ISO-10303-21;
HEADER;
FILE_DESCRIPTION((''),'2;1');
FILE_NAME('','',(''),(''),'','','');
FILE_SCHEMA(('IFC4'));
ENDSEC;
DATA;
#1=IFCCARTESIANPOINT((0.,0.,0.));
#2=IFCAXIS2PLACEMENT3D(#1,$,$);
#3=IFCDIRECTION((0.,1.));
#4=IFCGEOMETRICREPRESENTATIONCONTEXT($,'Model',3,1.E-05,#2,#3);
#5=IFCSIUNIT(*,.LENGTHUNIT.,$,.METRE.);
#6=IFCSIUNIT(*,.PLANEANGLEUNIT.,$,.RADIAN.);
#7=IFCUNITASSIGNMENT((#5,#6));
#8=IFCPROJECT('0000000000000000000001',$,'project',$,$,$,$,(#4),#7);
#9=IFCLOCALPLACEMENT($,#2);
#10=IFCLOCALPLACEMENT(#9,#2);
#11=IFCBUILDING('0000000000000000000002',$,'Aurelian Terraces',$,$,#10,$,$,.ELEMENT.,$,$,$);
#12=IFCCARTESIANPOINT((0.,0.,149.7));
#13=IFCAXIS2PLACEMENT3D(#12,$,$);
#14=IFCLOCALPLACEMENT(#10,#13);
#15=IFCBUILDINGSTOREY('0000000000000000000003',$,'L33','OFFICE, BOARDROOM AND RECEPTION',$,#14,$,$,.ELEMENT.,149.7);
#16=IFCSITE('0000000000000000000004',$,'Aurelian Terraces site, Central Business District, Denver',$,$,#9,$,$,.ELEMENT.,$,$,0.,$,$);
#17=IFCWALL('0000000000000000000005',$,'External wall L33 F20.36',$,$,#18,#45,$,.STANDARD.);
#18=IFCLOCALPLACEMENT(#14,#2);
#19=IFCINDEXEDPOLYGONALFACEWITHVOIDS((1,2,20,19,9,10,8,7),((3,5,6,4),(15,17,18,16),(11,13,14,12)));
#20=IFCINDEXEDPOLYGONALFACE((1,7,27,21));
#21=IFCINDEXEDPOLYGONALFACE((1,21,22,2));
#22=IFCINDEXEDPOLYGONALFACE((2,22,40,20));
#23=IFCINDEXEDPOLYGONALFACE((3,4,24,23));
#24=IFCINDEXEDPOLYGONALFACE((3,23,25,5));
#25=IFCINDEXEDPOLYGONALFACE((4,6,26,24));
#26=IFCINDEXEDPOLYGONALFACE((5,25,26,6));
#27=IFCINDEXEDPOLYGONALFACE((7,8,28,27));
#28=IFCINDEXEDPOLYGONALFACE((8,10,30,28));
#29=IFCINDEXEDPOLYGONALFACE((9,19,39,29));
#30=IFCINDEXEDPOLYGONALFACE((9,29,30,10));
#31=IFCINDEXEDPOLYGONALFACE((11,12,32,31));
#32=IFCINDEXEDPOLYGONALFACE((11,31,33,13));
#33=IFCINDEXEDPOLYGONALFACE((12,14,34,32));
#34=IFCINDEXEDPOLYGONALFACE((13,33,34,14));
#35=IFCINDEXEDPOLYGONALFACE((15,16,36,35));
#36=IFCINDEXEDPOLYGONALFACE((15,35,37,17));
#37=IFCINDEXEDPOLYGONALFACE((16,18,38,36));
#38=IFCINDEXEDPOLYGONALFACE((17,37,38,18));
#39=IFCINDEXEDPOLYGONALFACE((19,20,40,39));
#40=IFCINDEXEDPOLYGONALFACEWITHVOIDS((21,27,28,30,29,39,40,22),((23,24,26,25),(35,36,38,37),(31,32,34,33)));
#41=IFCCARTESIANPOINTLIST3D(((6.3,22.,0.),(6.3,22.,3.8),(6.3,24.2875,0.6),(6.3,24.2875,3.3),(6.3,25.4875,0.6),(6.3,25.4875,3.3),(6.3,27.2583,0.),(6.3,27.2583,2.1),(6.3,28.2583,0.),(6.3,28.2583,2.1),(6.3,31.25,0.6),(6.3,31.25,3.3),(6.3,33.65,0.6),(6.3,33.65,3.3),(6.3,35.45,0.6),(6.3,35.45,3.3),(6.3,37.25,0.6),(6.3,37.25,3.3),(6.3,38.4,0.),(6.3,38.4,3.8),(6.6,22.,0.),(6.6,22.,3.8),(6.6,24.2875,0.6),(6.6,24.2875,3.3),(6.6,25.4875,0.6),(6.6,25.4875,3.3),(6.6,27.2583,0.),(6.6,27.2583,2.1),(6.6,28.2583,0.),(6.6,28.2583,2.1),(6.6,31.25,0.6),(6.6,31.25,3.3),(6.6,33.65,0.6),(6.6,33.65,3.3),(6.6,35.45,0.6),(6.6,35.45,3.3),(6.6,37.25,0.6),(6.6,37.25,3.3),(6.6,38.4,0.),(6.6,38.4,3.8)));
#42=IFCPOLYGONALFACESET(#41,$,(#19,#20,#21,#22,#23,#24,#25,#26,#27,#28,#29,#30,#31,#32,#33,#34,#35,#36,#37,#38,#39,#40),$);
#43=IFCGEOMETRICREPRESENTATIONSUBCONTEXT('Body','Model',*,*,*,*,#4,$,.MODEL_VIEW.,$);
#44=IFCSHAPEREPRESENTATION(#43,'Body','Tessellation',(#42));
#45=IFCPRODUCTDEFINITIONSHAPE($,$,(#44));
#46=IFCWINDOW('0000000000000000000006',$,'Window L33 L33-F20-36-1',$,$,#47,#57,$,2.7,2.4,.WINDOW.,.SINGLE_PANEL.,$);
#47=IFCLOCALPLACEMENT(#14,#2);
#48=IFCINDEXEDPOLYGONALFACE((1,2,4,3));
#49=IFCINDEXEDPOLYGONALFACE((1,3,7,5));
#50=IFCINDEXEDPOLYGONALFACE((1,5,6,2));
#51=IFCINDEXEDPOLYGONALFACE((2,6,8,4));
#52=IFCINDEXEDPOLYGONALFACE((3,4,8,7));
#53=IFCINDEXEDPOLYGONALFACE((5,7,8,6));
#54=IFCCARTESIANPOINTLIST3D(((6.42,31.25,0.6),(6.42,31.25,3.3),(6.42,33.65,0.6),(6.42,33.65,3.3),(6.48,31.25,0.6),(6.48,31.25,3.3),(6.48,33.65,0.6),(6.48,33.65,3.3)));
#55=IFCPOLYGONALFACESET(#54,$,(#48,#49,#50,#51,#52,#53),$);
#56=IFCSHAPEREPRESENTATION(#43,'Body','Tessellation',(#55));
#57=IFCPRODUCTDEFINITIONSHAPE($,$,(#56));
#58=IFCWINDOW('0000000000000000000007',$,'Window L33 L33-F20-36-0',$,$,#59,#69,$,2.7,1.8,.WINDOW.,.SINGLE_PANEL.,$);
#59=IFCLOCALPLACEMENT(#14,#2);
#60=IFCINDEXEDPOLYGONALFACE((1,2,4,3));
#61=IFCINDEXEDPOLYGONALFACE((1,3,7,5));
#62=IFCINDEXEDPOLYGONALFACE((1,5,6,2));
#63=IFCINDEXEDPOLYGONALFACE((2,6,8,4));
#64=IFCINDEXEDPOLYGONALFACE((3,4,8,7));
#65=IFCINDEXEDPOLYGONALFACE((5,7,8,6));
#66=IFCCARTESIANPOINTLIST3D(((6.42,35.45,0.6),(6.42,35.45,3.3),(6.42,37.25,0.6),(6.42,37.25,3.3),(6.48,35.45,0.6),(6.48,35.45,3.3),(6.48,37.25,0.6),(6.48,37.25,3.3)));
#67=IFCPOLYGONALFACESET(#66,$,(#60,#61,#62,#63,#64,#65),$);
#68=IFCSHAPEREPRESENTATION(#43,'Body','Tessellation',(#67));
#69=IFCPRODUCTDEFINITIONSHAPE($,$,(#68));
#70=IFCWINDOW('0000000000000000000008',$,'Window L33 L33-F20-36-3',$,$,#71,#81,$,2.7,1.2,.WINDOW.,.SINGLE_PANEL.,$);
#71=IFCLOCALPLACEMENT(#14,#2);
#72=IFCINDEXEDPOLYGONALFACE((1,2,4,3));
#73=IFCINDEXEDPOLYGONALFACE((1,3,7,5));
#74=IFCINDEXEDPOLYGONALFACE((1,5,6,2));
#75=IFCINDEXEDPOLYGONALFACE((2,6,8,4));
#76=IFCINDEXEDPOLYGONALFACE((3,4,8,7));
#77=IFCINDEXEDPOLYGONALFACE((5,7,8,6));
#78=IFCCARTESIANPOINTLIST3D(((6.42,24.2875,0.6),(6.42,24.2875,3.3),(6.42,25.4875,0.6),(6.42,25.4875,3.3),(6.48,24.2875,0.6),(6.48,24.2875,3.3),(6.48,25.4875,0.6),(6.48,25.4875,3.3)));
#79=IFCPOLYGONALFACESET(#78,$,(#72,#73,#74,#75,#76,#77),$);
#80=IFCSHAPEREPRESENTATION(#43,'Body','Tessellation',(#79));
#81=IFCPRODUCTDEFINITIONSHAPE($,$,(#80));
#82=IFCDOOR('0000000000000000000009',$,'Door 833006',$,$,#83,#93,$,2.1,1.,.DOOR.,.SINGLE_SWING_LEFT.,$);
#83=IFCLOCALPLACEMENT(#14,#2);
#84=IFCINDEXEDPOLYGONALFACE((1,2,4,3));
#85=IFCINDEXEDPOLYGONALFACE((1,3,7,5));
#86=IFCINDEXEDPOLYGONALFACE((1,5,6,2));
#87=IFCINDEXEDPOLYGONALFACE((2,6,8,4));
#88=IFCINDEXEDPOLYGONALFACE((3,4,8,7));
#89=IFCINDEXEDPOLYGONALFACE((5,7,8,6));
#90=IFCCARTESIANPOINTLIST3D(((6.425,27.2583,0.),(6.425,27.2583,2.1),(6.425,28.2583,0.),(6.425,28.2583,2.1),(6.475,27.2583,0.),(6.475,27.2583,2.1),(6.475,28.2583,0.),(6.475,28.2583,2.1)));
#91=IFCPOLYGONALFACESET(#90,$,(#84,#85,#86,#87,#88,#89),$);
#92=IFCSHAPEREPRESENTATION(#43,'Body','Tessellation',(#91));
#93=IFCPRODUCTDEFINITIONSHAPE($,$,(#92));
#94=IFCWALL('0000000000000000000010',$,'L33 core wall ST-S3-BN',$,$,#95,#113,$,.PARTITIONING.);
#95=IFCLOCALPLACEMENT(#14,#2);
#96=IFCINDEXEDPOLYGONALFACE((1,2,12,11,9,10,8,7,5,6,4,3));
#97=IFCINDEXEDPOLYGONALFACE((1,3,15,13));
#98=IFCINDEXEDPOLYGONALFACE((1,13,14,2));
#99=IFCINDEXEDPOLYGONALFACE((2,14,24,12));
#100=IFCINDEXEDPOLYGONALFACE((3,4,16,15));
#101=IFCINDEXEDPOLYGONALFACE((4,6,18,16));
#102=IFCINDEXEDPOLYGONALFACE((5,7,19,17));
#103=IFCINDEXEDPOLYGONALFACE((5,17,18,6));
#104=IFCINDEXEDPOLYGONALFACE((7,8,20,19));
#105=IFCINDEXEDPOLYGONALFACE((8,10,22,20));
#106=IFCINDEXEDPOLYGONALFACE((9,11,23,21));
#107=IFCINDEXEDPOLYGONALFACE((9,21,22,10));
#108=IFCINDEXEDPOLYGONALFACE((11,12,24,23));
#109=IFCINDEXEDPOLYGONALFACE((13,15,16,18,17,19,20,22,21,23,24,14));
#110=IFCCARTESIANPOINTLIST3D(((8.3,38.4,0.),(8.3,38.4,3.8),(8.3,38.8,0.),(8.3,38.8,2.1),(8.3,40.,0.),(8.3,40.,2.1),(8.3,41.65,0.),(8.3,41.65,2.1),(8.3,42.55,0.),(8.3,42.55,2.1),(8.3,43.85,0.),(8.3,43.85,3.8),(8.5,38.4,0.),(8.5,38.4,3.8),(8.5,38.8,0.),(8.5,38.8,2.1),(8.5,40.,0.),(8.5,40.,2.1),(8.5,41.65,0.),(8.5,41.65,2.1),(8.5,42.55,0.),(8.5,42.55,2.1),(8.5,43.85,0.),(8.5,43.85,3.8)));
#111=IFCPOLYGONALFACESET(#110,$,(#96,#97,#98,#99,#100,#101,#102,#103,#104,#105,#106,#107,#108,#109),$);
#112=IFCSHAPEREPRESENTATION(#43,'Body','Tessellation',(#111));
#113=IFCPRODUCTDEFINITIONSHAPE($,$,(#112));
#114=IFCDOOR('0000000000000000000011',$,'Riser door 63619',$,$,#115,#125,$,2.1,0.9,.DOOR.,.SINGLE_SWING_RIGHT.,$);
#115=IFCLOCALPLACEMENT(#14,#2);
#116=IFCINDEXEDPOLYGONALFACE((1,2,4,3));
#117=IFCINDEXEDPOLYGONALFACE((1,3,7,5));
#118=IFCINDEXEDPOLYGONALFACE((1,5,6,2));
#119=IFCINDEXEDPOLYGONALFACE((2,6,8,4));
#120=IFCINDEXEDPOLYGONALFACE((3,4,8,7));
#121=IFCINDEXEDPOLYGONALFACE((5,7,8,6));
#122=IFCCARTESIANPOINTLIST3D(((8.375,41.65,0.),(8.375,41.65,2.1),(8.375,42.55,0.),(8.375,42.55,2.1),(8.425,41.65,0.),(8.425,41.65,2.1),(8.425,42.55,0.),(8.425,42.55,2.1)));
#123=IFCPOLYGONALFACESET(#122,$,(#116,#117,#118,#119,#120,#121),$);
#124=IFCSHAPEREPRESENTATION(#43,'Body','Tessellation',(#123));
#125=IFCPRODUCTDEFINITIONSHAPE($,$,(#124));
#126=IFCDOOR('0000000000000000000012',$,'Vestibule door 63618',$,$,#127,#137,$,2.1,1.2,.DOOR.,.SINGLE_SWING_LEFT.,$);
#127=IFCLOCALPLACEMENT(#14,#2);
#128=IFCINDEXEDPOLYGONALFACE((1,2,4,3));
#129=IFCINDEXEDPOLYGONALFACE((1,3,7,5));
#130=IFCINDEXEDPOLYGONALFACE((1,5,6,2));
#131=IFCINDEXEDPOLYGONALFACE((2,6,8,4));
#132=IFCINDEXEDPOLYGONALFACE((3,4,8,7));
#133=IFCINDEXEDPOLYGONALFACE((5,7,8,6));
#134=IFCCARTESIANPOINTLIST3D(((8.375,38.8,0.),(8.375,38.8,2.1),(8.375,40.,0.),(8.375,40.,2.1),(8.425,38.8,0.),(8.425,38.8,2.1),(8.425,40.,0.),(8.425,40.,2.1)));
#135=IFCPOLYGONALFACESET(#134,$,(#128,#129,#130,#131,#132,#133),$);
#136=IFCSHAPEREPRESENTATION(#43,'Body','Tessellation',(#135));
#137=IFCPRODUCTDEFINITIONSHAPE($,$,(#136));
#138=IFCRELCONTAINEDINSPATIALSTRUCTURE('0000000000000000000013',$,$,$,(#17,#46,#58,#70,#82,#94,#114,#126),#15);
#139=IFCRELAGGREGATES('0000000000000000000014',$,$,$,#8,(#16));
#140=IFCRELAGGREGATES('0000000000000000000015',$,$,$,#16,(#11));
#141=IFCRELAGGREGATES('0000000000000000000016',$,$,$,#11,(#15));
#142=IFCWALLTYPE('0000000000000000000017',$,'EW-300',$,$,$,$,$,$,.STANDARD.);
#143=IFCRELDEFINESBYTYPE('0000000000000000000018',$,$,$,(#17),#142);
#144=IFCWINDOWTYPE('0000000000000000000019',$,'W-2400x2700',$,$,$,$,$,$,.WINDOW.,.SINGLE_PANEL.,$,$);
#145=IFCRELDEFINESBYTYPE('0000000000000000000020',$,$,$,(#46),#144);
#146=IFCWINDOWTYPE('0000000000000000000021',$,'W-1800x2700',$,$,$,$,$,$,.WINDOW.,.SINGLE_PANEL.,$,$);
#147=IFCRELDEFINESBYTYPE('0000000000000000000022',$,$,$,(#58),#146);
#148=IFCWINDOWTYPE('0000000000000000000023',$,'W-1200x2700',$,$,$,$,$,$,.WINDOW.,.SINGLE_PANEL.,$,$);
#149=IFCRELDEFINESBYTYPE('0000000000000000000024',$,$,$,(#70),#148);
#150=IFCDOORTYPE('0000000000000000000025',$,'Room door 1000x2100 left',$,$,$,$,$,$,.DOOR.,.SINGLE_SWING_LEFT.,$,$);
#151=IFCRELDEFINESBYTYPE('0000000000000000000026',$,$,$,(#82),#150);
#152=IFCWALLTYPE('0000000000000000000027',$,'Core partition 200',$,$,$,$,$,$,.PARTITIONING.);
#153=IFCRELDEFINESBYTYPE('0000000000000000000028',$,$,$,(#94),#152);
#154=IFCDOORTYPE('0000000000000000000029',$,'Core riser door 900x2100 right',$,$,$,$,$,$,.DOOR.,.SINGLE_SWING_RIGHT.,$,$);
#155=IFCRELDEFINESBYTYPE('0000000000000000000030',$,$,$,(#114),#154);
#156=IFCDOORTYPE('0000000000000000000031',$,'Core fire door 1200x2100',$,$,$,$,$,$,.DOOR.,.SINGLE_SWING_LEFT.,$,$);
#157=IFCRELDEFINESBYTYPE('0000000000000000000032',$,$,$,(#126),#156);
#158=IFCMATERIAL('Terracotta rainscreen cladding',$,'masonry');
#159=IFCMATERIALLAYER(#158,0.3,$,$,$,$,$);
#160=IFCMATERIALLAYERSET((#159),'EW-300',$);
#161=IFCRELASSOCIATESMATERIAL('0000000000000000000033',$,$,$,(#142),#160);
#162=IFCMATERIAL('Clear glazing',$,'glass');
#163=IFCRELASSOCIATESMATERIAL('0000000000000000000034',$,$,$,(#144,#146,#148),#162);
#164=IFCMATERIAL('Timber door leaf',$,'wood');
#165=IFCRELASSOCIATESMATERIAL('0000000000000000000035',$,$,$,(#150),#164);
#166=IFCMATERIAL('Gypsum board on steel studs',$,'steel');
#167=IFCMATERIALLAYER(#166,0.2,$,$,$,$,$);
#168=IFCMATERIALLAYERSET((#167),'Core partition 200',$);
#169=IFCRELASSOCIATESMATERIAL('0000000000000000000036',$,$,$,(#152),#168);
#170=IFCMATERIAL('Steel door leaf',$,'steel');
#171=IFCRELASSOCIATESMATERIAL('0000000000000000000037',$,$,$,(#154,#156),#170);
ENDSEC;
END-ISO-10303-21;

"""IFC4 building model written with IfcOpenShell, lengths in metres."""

from ifc_helpers import new_model, si_unit, direction, frame, frame_2d, origin, place, context, subcontext, project, spatial, rectangle, extrude, source, transform, mapped, material, layer, layer_set, type_object, element, fill, save


model = new_model("IFC4")

# Units and contexts
model_context = context("Model", 3, precision=1e-05, world=origin(), true_north=direction((0.0, 1.0)))
body_context = subcontext(model_context, "Body", "Model", "MODEL_VIEW")
ifc_project = project(units=[si_unit("LENGTHUNIT", "METRE"), si_unit("PLANEANGLEUNIT", "RADIAN")], contexts=[model_context])

# Site, building, storey
site_placement = place(None, origin())
site = spatial("IfcSite", under=ifc_project, at=site_placement, Name="Aurelian Terraces site, Central Business District, Denver", CompositionType="ELEMENT", RefElevation=0.0)
building_placement = place(site_placement, origin())
building = spatial("IfcBuilding", under=site, at=building_placement, Name="Aurelian Terraces", CompositionType="ELEMENT")
storey_placement = place(building_placement, frame((0.0, 0.0, 149.7)))
storey = spatial("IfcBuildingStorey", under=building, at=storey_placement, Name="L33", Description="OFFICE, BOARDROOM AND RECEPTION", CompositionType="ELEMENT", Elevation=149.7)

# Shared definitions
ifc_material_1 = material(Name="Clear glazing", Category="glass")

# Wall, openings, windows, door
ifc_material_2 = material(Name="Terracotta rainscreen cladding", Category="masonry")
ifc_layer_1 = layer(ifc_material_2, 0.3)
ifc_layer_set_1 = layer_set([ifc_layer_1], Name="EW-300")
wall_type_1 = type_object("IfcWallType", Name="EW-300", PredefinedType="STANDARD", material=ifc_layer_set_1)
shared_shape_1 = source(origin(), body_context, "Body", "SweptSolid", [
    extrude(rectangle(XDim=16.4, YDim=0.3, at=frame_2d((8.2, 0.0))), origin(), (0.0, 0.0, 1.0), 3.8),
])
wall_1_placement = place(storey_placement, frame((6.45, 38.4, 0.0), z_axis=(0.0, 0.0, 1.0), x_axis=(0.0, -1.0, 0.0)))
wall_1 = element("IfcWall", 1, at=wall_1_placement, inside=storey, type_object=wall_type_1, Name="External wall L33 F20.36", PredefinedType="STANDARD", context=body_context, shape_type="MappedRepresentation", body=[
    mapped(shared_shape_1, transform((0.0, 0.0, 0.0), scale=1.0)),
])
shared_shape_2 = source(origin(), body_context, "Body", "SweptSolid", [
    extrude(rectangle(XDim=1.8, YDim=2.7, at=frame_2d((0.9, 1.35))), frame((0.0, 0.16, 0.0), z_axis=(0.0, -1.0, 0.0), x_axis=(1.0, 0.0, 0.0)), (0.0, 0.0, 1.0), 0.32),
])
opening_1_placement = place(wall_1_placement, frame((1.15, 0.0, 0.6)))
opening_1 = element("IfcOpeningElement", 2, at=opening_1_placement, cuts=wall_1, PredefinedType="OPENING", context=body_context, shape_type="MappedRepresentation", body=[
    mapped(shared_shape_2, transform((0.0, 0.0, 0.0), scale=1.0)),
])
shared_shape_3 = source(origin(), body_context, "Body", "SweptSolid", [
    extrude(rectangle(XDim=2.4, YDim=2.7, at=frame_2d((1.2, 1.35))), frame((0.0, 0.16, 0.0), z_axis=(0.0, -1.0, 0.0), x_axis=(1.0, 0.0, 0.0)), (0.0, 0.0, 1.0), 0.32),
])
opening_2_placement = place(wall_1_placement, frame((4.75, 0.0, 0.6)))
opening_2 = element("IfcOpeningElement", 3, at=opening_2_placement, cuts=wall_1, PredefinedType="OPENING", context=body_context, shape_type="MappedRepresentation", body=[
    mapped(shared_shape_3, transform((0.0, 0.0, 0.0), scale=1.0)),
])
shared_shape_4 = source(origin(), body_context, "Body", "SweptSolid", [
    extrude(rectangle(XDim=1.2, YDim=2.7, at=frame_2d((0.6, 1.35))), frame((0.0, 0.16, 0.0), z_axis=(0.0, -1.0, 0.0), x_axis=(1.0, 0.0, 0.0)), (0.0, 0.0, 1.0), 0.32),
])
opening_3_placement = place(wall_1_placement, frame((12.9125, 0.0, 0.6)))
opening_3 = element("IfcOpeningElement", 4, at=opening_3_placement, cuts=wall_1, PredefinedType="OPENING", context=body_context, shape_type="MappedRepresentation", body=[
    mapped(shared_shape_4, transform((0.0, 0.0, 0.0), scale=1.0)),
])
shared_shape_5 = source(origin(), body_context, "Body", "SweptSolid", [
    extrude(rectangle(XDim=1.0, YDim=2.1, at=frame_2d((0.5, 1.05))), frame((0.0, 0.16, 0.0), z_axis=(0.0, -1.0, 0.0), x_axis=(1.0, 0.0, 0.0)), (0.0, 0.0, 1.0), 0.32),
])
opening_4_placement = place(wall_1_placement, frame((10.1417, 0.0, 0.0)))
opening_4 = element("IfcOpeningElement", 5, at=opening_4_placement, cuts=wall_1, PredefinedType="OPENING", context=body_context, shape_type="MappedRepresentation", body=[
    mapped(shared_shape_5, transform((0.0, 0.0, 0.0), scale=1.0)),
])
window_type_1 = type_object("IfcWindowType", Name="W-2400x2700", PartitioningType="SINGLE_PANEL", PredefinedType="WINDOW", material=ifc_material_1)
shared_shape_6 = source(origin(), body_context, "Body", "SweptSolid", [
    extrude(rectangle(XDim=2.4, YDim=2.7, at=frame_2d((1.2, 1.35))), frame((0.0, 0.03, 0.0), z_axis=(0.0, -1.0, 0.0), x_axis=(1.0, 0.0, 0.0)), (0.0, 0.0, 1.0), 0.06),
])
window_1_placement = place(opening_2_placement, origin())
window_1 = element("IfcWindow", 6, at=window_1_placement, inside=storey, type_object=window_type_1, Name="Window L33 L33-F20-36-1", OverallHeight=2.7, OverallWidth=2.4, PartitioningType="SINGLE_PANEL", PredefinedType="WINDOW", context=body_context, shape_type="MappedRepresentation", body=[
    mapped(shared_shape_6, transform((0.0, 0.0, 0.0), scale=1.0)),
])
fill(opening_2, window_1)
window_type_2 = type_object("IfcWindowType", Name="W-1800x2700", PartitioningType="SINGLE_PANEL", PredefinedType="WINDOW", material=ifc_material_1)
shared_shape_7 = source(origin(), body_context, "Body", "SweptSolid", [
    extrude(rectangle(XDim=1.8, YDim=2.7, at=frame_2d((0.9, 1.35))), frame((0.0, 0.03, 0.0), z_axis=(0.0, -1.0, 0.0), x_axis=(1.0, 0.0, 0.0)), (0.0, 0.0, 1.0), 0.06),
])
window_2_placement = place(opening_1_placement, origin())
window_2 = element("IfcWindow", 7, at=window_2_placement, inside=storey, type_object=window_type_2, Name="Window L33 L33-F20-36-0", OverallHeight=2.7, OverallWidth=1.8, PartitioningType="SINGLE_PANEL", PredefinedType="WINDOW", context=body_context, shape_type="MappedRepresentation", body=[
    mapped(shared_shape_7, transform((0.0, 0.0, 0.0), scale=1.0)),
])
fill(opening_1, window_2)
window_type_3 = type_object("IfcWindowType", Name="W-1200x2700", PartitioningType="SINGLE_PANEL", PredefinedType="WINDOW", material=ifc_material_1)
shared_shape_8 = source(origin(), body_context, "Body", "SweptSolid", [
    extrude(rectangle(XDim=1.2, YDim=2.7, at=frame_2d((0.6, 1.35))), frame((0.0, 0.03, 0.0), z_axis=(0.0, -1.0, 0.0), x_axis=(1.0, 0.0, 0.0)), (0.0, 0.0, 1.0), 0.06),
])
window_3_placement = place(opening_3_placement, origin())
window_3 = element("IfcWindow", 8, at=window_3_placement, inside=storey, type_object=window_type_3, Name="Window L33 L33-F20-36-3", OverallHeight=2.7, OverallWidth=1.2, PartitioningType="SINGLE_PANEL", PredefinedType="WINDOW", context=body_context, shape_type="MappedRepresentation", body=[
    mapped(shared_shape_8, transform((0.0, 0.0, 0.0), scale=1.0)),
])
fill(opening_3, window_3)
ifc_material_3 = material(Name="Timber door leaf", Category="wood")
door_type_1 = type_object("IfcDoorType", Name="Room door 1000x2100 left", OperationType="SINGLE_SWING_LEFT", PredefinedType="DOOR", material=ifc_material_3)
shared_shape_9 = source(origin(), body_context, "Body", "SweptSolid", [
    extrude(rectangle(XDim=1.0, YDim=2.1, at=frame_2d((0.5, 1.05))), frame((0.0, 0.025, 0.0), z_axis=(0.0, -1.0, 0.0), x_axis=(1.0, 0.0, 0.0)), (0.0, 0.0, 1.0), 0.05),
])
door_1_placement = place(opening_4_placement, origin())
door_1 = element("IfcDoor", 9, at=door_1_placement, inside=storey, type_object=door_type_1, Name="Door 833006", OperationType="SINGLE_SWING_LEFT", OverallHeight=2.1, OverallWidth=1.0, PredefinedType="DOOR", context=body_context, shape_type="MappedRepresentation", body=[
    mapped(shared_shape_9, transform((0.0, 0.0, 0.0), scale=1.0)),
])
fill(opening_4, door_1)

# Wall, openings, doors
ifc_material_4 = material(Name="Gypsum board on steel studs", Category="steel")
ifc_layer_2 = layer(ifc_material_4, 0.2)
ifc_layer_set_2 = layer_set([ifc_layer_2], Name="Core partition 200")
wall_type_2 = type_object("IfcWallType", Name="Core partition 200", PredefinedType="PARTITIONING", material=ifc_layer_set_2)
shared_shape_10 = source(origin(), body_context, "Body", "SweptSolid", [
    extrude(rectangle(XDim=5.45, YDim=0.2, at=frame_2d((2.725, 0.0))), origin(), (0.0, 0.0, 1.0), 3.8),
])
wall_2_placement = place(storey_placement, frame((8.4, 38.4, 0.0), z_axis=(0.0, 0.0, 1.0), x_axis=(0.0, 1.0, 0.0)))
wall_2 = element("IfcWall", 10, at=wall_2_placement, inside=storey, type_object=wall_type_2, Name="L33 core wall ST-S3-BN", PredefinedType="PARTITIONING", context=body_context, shape_type="MappedRepresentation", body=[
    mapped(shared_shape_10, transform((0.0, 0.0, 0.0), scale=1.0)),
])
shared_shape_11 = source(origin(), body_context, "Body", "SweptSolid", [
    extrude(rectangle(XDim=1.2, YDim=2.1, at=frame_2d((0.6, 1.05))), frame((0.0, 0.11, 0.0), z_axis=(0.0, -1.0, 0.0), x_axis=(1.0, 0.0, 0.0)), (0.0, 0.0, 1.0), 0.22),
])
opening_5_placement = place(wall_2_placement, frame((0.4, 0.0, 0.0)))
opening_5 = element("IfcOpeningElement", 11, at=opening_5_placement, cuts=wall_2, PredefinedType="OPENING", context=body_context, shape_type="MappedRepresentation", body=[
    mapped(shared_shape_11, transform((0.0, 0.0, 0.0), scale=1.0)),
])
shared_shape_12 = source(origin(), body_context, "Body", "SweptSolid", [
    extrude(rectangle(XDim=0.9, YDim=2.1, at=frame_2d((0.45, 1.05))), frame((0.0, 0.11, 0.0), z_axis=(0.0, -1.0, 0.0), x_axis=(1.0, 0.0, 0.0)), (0.0, 0.0, 1.0), 0.22),
])
opening_6_placement = place(wall_2_placement, frame((3.25, 0.0, 0.0)))
opening_6 = element("IfcOpeningElement", 12, at=opening_6_placement, cuts=wall_2, PredefinedType="OPENING", context=body_context, shape_type="MappedRepresentation", body=[
    mapped(shared_shape_12, transform((0.0, 0.0, 0.0), scale=1.0)),
])
ifc_material_5 = material(Name="Steel door leaf", Category="steel")
door_type_2 = type_object("IfcDoorType", Name="Core riser door 900x2100 right", OperationType="SINGLE_SWING_RIGHT", PredefinedType="DOOR", material=ifc_material_5)
shared_shape_13 = source(origin(), body_context, "Body", "SweptSolid", [
    extrude(rectangle(XDim=0.9, YDim=2.1, at=frame_2d((0.45, 1.05))), frame((0.0, 0.025, 0.0), z_axis=(0.0, -1.0, 0.0), x_axis=(1.0, 0.0, 0.0)), (0.0, 0.0, 1.0), 0.05),
])
door_2_placement = place(opening_6_placement, origin())
door_2 = element("IfcDoor", 13, at=door_2_placement, inside=storey, type_object=door_type_2, Name="Riser door 63619", OperationType="SINGLE_SWING_RIGHT", OverallHeight=2.1, OverallWidth=0.9, PredefinedType="DOOR", context=body_context, shape_type="MappedRepresentation", body=[
    mapped(shared_shape_13, transform((0.0, 0.0, 0.0), scale=1.0)),
])
fill(opening_6, door_2)
door_type_3 = type_object("IfcDoorType", Name="Core fire door 1200x2100", OperationType="SINGLE_SWING_LEFT", PredefinedType="DOOR", material=ifc_material_5)
shared_shape_14 = source(origin(), body_context, "Body", "SweptSolid", [
    extrude(rectangle(XDim=1.2, YDim=2.1, at=frame_2d((0.6, 1.05))), frame((0.0, 0.025, 0.0), z_axis=(0.0, -1.0, 0.0), x_axis=(1.0, 0.0, 0.0)), (0.0, 0.0, 1.0), 0.05),
])
door_3_placement = place(opening_5_placement, origin())
door_3 = element("IfcDoor", 14, at=door_3_placement, inside=storey, type_object=door_type_3, Name="Vestibule door 63618", OperationType="SINGLE_SWING_LEFT", OverallHeight=2.1, OverallWidth=1.2, PredefinedType="DOOR", context=body_context, shape_type="MappedRepresentation", body=[
    mapped(shared_shape_14, transform((0.0, 0.0, 0.0), scale=1.0)),
])
fill(opening_5, door_3)

save(model, "model.ifc")
